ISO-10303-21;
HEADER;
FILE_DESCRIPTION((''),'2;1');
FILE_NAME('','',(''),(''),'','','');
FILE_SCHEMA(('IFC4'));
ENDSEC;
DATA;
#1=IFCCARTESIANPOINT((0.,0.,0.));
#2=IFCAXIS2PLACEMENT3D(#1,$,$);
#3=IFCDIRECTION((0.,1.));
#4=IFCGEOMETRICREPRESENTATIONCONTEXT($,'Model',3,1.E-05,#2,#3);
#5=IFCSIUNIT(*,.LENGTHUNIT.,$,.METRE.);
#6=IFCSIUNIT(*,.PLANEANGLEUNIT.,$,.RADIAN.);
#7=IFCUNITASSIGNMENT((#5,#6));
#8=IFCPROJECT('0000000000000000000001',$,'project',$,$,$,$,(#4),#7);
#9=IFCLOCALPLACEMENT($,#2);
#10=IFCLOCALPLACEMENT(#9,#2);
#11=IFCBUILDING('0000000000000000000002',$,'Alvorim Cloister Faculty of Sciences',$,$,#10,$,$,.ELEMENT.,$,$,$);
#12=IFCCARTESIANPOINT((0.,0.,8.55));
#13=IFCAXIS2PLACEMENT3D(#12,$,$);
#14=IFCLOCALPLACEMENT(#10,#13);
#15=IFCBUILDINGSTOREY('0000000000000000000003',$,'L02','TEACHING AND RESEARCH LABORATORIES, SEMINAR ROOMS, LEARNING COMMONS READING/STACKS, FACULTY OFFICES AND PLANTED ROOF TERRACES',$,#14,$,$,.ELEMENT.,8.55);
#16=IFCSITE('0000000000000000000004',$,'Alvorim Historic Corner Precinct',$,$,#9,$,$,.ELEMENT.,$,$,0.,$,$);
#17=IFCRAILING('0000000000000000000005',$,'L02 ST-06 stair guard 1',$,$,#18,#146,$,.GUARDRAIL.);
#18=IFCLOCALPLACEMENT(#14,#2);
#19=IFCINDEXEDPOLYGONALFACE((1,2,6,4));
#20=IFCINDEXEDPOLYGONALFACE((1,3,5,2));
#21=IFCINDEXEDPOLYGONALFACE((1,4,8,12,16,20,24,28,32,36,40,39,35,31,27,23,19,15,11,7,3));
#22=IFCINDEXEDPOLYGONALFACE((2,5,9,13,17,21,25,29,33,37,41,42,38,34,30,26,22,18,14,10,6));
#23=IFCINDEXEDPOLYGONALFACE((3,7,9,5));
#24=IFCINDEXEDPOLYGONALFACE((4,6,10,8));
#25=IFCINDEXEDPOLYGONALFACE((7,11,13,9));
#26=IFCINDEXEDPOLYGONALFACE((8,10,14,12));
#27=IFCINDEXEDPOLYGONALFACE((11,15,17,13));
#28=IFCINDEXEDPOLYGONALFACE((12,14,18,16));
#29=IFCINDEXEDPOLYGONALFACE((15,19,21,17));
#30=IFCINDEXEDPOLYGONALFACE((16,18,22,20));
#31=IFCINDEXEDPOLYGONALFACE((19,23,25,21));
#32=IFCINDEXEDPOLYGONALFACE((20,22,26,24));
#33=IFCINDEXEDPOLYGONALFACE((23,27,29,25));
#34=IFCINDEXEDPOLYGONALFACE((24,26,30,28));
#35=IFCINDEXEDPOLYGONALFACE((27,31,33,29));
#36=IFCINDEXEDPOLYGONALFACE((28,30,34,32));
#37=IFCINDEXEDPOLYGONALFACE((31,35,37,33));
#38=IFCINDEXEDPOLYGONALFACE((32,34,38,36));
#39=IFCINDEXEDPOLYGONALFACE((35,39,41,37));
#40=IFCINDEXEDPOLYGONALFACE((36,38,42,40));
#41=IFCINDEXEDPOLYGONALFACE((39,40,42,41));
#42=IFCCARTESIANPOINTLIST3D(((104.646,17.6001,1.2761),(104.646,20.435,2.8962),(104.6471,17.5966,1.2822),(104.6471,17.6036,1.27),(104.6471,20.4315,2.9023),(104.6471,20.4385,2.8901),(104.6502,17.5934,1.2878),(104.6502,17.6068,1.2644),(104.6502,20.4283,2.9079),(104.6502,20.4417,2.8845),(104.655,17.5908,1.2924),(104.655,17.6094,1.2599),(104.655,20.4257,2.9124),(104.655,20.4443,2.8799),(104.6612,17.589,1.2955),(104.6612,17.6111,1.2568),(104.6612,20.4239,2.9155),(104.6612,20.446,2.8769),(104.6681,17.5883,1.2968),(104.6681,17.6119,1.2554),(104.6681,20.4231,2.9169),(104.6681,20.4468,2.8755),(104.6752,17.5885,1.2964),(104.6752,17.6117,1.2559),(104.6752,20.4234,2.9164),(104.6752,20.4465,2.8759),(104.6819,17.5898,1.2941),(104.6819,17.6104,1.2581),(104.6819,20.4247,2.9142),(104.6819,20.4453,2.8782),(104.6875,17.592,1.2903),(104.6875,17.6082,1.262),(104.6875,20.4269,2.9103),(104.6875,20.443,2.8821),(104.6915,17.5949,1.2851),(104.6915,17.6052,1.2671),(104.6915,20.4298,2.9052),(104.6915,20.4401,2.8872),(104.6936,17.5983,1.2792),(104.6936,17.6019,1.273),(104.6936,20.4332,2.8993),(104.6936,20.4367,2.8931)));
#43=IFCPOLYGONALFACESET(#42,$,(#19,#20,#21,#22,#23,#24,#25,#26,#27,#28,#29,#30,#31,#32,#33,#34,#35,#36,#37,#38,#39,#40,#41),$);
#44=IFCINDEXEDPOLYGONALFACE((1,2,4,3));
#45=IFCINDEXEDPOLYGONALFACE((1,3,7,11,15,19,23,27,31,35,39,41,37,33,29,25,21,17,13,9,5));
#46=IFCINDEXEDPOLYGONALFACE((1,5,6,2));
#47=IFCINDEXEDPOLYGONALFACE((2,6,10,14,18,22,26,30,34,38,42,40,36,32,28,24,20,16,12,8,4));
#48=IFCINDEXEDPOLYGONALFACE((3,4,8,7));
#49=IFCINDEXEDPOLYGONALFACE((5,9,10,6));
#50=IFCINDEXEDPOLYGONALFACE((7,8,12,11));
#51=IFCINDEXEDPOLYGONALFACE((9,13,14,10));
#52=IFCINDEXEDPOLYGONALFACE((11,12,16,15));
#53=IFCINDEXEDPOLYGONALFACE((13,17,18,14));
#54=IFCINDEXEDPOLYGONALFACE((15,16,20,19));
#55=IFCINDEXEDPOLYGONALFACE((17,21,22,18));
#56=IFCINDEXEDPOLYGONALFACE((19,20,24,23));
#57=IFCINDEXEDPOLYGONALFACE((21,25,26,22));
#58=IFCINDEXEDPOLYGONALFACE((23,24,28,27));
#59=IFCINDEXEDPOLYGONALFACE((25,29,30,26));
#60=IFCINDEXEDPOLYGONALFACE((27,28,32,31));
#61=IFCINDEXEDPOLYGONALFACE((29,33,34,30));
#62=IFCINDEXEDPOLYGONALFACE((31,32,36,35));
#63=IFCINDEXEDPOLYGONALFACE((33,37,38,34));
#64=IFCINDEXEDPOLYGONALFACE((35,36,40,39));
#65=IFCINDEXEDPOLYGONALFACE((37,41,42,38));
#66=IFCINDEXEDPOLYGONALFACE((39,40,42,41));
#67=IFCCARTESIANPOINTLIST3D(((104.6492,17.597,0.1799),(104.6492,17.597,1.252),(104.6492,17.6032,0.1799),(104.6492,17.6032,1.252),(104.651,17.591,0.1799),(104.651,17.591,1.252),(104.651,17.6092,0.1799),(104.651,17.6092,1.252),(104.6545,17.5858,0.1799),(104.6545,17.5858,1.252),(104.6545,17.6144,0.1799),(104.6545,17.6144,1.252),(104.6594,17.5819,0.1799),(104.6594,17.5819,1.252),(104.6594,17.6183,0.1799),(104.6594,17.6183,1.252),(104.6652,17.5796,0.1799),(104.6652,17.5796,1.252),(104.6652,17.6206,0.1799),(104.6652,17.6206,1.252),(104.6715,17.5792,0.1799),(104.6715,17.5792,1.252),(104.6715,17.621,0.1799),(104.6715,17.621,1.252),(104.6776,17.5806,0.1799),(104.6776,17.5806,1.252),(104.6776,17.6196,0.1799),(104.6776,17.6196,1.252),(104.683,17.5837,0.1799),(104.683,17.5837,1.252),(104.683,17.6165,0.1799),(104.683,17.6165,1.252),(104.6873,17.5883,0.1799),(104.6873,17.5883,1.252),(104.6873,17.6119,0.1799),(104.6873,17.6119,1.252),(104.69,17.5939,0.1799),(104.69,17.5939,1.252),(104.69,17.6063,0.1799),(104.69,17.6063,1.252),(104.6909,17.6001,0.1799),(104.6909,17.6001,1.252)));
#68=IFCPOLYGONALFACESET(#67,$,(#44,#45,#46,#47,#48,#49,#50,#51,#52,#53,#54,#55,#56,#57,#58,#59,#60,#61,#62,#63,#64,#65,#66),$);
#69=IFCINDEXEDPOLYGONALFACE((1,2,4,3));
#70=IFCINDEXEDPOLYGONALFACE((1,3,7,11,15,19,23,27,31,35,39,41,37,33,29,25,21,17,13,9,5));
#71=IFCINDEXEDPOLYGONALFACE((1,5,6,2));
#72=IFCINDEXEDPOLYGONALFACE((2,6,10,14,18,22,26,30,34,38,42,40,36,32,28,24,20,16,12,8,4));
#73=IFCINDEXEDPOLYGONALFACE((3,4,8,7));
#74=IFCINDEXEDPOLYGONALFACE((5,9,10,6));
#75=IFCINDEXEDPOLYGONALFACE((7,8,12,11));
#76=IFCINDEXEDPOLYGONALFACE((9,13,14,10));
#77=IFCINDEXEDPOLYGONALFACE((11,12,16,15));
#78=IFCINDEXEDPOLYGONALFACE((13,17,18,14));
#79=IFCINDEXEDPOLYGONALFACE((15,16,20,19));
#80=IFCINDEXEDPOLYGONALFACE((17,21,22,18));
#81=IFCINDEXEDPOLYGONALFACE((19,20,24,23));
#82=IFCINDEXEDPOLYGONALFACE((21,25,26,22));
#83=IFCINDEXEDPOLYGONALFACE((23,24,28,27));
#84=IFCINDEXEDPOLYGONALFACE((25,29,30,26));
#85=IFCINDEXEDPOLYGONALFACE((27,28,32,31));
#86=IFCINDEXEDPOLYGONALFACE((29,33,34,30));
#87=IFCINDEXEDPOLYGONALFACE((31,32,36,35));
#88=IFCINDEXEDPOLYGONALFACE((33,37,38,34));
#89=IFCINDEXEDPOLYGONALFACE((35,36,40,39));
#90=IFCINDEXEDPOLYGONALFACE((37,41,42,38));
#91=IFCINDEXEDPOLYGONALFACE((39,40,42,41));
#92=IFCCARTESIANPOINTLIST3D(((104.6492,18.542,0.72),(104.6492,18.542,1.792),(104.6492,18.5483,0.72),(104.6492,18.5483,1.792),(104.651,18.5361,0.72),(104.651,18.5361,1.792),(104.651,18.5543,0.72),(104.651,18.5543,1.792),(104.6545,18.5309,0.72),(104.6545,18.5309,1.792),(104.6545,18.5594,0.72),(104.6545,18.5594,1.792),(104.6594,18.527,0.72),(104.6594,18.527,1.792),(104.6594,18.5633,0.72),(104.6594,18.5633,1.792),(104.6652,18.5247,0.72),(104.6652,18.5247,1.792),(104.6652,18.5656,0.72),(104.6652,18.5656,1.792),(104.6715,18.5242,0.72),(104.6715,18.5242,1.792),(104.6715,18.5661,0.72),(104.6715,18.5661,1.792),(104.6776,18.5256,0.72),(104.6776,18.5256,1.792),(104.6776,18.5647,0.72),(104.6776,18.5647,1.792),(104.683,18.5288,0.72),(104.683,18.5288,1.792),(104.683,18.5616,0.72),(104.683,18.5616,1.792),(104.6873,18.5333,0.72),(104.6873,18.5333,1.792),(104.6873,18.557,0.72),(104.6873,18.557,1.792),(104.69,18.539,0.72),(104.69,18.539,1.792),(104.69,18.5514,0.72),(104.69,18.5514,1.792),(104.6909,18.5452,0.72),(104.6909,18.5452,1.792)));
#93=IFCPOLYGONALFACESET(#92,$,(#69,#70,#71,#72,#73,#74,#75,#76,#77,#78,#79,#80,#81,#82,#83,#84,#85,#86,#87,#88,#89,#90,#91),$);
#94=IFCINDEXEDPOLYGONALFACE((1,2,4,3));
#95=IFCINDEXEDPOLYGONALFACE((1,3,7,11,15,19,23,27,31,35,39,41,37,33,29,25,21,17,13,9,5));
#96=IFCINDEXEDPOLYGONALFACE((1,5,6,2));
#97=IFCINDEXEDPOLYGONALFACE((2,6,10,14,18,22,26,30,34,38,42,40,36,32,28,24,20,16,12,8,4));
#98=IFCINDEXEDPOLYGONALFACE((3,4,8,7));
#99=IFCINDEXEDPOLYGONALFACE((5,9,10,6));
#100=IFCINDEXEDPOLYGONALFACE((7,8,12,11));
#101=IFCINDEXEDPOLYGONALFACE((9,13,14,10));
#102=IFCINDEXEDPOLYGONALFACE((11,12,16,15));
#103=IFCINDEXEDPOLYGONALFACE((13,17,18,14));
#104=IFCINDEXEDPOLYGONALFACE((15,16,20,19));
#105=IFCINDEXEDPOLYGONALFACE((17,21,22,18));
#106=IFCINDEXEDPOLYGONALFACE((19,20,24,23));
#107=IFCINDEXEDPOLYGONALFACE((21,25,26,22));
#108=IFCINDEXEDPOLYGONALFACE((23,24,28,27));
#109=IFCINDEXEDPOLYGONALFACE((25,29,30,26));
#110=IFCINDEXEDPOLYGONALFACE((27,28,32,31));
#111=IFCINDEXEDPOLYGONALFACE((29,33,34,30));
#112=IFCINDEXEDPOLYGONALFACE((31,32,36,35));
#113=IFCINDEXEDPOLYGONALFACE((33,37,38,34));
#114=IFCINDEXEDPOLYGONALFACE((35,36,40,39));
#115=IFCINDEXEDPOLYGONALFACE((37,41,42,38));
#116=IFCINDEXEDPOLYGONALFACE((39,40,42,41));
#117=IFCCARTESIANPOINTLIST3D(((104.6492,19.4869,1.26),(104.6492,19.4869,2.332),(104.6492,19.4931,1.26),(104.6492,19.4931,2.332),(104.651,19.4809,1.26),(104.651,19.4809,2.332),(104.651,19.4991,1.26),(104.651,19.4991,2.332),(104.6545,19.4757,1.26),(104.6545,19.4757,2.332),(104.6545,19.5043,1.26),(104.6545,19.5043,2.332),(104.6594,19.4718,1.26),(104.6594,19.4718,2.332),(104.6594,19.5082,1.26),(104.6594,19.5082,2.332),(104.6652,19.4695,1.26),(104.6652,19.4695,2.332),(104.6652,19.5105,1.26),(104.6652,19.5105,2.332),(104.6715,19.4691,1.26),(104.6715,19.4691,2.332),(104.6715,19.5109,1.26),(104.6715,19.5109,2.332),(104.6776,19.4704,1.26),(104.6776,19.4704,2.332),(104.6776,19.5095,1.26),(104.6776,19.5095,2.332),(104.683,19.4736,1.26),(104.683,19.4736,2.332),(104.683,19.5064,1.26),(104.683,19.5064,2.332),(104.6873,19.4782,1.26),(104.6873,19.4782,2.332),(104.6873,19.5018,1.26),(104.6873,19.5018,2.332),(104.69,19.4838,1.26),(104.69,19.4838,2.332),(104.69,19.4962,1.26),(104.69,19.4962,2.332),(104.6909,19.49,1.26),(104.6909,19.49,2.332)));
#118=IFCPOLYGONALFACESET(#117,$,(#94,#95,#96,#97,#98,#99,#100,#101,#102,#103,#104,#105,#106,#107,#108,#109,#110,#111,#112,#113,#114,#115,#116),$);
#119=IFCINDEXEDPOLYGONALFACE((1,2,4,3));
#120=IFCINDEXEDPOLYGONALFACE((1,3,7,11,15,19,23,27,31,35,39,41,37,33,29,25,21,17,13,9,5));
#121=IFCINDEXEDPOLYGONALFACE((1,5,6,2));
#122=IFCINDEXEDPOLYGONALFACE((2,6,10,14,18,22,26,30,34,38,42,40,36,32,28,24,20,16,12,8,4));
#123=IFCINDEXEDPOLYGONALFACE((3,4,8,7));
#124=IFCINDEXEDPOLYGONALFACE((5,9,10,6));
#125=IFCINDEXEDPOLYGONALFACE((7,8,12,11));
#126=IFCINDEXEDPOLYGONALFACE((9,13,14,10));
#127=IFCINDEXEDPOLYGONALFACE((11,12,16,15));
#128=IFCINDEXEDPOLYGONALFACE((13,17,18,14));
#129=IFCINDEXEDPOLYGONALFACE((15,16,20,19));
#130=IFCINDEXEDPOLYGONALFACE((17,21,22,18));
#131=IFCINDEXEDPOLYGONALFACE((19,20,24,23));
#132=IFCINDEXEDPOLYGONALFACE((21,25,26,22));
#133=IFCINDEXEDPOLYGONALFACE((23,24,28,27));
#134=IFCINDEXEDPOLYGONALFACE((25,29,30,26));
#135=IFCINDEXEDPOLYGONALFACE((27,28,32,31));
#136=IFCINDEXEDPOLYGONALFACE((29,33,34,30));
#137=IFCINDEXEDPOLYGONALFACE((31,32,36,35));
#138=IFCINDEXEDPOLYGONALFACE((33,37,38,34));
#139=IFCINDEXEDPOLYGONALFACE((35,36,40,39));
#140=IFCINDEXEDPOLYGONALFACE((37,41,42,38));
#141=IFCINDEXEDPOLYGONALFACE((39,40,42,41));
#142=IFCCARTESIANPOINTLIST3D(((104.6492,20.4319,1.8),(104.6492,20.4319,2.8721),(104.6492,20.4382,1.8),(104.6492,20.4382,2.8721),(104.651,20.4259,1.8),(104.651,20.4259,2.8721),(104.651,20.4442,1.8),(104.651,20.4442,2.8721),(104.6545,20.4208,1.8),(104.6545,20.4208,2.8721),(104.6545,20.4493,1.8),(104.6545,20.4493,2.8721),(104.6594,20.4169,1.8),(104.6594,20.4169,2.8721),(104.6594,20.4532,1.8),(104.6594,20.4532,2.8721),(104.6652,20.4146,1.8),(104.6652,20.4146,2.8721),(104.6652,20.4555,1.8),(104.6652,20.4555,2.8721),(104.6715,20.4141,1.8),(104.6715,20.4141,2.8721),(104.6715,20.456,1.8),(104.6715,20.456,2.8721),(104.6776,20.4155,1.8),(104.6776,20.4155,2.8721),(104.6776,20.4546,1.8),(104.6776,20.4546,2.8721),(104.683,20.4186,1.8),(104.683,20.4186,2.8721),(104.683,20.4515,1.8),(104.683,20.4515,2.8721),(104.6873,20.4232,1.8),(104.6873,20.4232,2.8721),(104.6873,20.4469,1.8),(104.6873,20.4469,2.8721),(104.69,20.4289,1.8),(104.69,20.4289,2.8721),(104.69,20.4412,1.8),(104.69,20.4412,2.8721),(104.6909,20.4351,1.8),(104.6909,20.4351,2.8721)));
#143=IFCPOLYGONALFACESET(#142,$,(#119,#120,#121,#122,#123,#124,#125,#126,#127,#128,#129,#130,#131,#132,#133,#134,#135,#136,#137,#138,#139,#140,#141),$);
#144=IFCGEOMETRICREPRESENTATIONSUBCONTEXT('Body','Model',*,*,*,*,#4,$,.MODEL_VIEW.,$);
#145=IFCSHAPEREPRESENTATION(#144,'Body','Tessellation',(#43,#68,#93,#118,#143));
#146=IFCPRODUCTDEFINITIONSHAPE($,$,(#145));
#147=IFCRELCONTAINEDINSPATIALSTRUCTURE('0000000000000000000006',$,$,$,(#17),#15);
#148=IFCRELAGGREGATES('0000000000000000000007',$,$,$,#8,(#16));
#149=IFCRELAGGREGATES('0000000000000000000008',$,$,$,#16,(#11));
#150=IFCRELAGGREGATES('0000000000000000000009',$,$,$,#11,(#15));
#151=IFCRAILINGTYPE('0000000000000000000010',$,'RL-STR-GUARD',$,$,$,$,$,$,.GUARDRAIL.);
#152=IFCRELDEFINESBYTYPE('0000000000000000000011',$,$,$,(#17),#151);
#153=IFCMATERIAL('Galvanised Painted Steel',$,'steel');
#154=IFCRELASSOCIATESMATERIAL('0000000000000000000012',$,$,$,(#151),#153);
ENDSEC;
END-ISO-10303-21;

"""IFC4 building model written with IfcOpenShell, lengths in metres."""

from ifc_helpers import new_model, si_unit, direction, frame, origin, origin_2d, place, context, subcontext, project, spatial, circle, extrude, material, type_object, element, save


model = new_model("IFC4")

# Units and contexts
model_context = context("Model", 3, precision=1e-05, world=origin(), true_north=direction((0.0, 1.0)))
body_context = subcontext(model_context, "Body", "Model", "MODEL_VIEW")
ifc_project = project(units=[si_unit("LENGTHUNIT", "METRE"), si_unit("PLANEANGLEUNIT", "RADIAN")], contexts=[model_context])

# Site, building, storey
site_placement = place(None, origin())
site = spatial("IfcSite", under=ifc_project, at=site_placement, Name="Alvorim Historic Corner Precinct", CompositionType="ELEMENT", RefElevation=0.0)
building_placement = place(site_placement, origin())
building = spatial("IfcBuilding", under=site, at=building_placement, Name="Alvorim Cloister Faculty of Sciences", CompositionType="ELEMENT")
storey_placement = place(building_placement, frame((0.0, 0.0, 8.55)))
storey = spatial("IfcBuildingStorey", under=building, at=storey_placement, Name="L02", Description="TEACHING AND RESEARCH LABORATORIES, SEMINAR ROOMS, LEARNING COMMONS READING/STACKS, FACULTY OFFICES AND PLANTED ROOF TERRACES", CompositionType="ELEMENT", Elevation=8.55)

# Railing
ifc_material_1 = material(Name="Galvanised Painted Steel", Category="steel")
railing_type_1 = type_object("IfcRailingType", Name="RL-STR-GUARD", PredefinedType="GUARDRAIL", material=ifc_material_1)
railing_1_placement = place(storey_placement, frame((104.6699, 17.6001, 0.1799)))
element("IfcRailing", 1, at=railing_1_placement, inside=storey, type_object=railing_type_1, Name="L02 ST-06 stair guard 1", PredefinedType="GUARDRAIL", context=body_context, shape_type="SweptSolid", body=[
    extrude(circle(Radius=0.0239, at=origin_2d()), frame((0.0, 0.0, 1.0962), z_axis=(0.0, 0.868225, 0.496171), x_axis=(-1.0, 0.0, 0.0)), (0.0, 0.0, 1.0), 3.2651),
    extrude(circle(Radius=0.021, at=origin_2d()), origin(), (0.0, 0.0, 1.0), 1.072),
    extrude(circle(Radius=0.021, at=origin_2d()), frame((0.0, 0.9451, 0.54)), (0.0, 0.0, 1.0), 1.072),
    extrude(circle(Radius=0.021, at=origin_2d()), frame((0.0, 1.8899, 1.0801)), (0.0, 0.0, 1.0), 1.072),
    extrude(circle(Radius=0.021, at=origin_2d()), frame((0.0, 2.835, 1.6201)), (0.0, 0.0, 1.0), 1.072),
])

save(model, "model.ifc")
